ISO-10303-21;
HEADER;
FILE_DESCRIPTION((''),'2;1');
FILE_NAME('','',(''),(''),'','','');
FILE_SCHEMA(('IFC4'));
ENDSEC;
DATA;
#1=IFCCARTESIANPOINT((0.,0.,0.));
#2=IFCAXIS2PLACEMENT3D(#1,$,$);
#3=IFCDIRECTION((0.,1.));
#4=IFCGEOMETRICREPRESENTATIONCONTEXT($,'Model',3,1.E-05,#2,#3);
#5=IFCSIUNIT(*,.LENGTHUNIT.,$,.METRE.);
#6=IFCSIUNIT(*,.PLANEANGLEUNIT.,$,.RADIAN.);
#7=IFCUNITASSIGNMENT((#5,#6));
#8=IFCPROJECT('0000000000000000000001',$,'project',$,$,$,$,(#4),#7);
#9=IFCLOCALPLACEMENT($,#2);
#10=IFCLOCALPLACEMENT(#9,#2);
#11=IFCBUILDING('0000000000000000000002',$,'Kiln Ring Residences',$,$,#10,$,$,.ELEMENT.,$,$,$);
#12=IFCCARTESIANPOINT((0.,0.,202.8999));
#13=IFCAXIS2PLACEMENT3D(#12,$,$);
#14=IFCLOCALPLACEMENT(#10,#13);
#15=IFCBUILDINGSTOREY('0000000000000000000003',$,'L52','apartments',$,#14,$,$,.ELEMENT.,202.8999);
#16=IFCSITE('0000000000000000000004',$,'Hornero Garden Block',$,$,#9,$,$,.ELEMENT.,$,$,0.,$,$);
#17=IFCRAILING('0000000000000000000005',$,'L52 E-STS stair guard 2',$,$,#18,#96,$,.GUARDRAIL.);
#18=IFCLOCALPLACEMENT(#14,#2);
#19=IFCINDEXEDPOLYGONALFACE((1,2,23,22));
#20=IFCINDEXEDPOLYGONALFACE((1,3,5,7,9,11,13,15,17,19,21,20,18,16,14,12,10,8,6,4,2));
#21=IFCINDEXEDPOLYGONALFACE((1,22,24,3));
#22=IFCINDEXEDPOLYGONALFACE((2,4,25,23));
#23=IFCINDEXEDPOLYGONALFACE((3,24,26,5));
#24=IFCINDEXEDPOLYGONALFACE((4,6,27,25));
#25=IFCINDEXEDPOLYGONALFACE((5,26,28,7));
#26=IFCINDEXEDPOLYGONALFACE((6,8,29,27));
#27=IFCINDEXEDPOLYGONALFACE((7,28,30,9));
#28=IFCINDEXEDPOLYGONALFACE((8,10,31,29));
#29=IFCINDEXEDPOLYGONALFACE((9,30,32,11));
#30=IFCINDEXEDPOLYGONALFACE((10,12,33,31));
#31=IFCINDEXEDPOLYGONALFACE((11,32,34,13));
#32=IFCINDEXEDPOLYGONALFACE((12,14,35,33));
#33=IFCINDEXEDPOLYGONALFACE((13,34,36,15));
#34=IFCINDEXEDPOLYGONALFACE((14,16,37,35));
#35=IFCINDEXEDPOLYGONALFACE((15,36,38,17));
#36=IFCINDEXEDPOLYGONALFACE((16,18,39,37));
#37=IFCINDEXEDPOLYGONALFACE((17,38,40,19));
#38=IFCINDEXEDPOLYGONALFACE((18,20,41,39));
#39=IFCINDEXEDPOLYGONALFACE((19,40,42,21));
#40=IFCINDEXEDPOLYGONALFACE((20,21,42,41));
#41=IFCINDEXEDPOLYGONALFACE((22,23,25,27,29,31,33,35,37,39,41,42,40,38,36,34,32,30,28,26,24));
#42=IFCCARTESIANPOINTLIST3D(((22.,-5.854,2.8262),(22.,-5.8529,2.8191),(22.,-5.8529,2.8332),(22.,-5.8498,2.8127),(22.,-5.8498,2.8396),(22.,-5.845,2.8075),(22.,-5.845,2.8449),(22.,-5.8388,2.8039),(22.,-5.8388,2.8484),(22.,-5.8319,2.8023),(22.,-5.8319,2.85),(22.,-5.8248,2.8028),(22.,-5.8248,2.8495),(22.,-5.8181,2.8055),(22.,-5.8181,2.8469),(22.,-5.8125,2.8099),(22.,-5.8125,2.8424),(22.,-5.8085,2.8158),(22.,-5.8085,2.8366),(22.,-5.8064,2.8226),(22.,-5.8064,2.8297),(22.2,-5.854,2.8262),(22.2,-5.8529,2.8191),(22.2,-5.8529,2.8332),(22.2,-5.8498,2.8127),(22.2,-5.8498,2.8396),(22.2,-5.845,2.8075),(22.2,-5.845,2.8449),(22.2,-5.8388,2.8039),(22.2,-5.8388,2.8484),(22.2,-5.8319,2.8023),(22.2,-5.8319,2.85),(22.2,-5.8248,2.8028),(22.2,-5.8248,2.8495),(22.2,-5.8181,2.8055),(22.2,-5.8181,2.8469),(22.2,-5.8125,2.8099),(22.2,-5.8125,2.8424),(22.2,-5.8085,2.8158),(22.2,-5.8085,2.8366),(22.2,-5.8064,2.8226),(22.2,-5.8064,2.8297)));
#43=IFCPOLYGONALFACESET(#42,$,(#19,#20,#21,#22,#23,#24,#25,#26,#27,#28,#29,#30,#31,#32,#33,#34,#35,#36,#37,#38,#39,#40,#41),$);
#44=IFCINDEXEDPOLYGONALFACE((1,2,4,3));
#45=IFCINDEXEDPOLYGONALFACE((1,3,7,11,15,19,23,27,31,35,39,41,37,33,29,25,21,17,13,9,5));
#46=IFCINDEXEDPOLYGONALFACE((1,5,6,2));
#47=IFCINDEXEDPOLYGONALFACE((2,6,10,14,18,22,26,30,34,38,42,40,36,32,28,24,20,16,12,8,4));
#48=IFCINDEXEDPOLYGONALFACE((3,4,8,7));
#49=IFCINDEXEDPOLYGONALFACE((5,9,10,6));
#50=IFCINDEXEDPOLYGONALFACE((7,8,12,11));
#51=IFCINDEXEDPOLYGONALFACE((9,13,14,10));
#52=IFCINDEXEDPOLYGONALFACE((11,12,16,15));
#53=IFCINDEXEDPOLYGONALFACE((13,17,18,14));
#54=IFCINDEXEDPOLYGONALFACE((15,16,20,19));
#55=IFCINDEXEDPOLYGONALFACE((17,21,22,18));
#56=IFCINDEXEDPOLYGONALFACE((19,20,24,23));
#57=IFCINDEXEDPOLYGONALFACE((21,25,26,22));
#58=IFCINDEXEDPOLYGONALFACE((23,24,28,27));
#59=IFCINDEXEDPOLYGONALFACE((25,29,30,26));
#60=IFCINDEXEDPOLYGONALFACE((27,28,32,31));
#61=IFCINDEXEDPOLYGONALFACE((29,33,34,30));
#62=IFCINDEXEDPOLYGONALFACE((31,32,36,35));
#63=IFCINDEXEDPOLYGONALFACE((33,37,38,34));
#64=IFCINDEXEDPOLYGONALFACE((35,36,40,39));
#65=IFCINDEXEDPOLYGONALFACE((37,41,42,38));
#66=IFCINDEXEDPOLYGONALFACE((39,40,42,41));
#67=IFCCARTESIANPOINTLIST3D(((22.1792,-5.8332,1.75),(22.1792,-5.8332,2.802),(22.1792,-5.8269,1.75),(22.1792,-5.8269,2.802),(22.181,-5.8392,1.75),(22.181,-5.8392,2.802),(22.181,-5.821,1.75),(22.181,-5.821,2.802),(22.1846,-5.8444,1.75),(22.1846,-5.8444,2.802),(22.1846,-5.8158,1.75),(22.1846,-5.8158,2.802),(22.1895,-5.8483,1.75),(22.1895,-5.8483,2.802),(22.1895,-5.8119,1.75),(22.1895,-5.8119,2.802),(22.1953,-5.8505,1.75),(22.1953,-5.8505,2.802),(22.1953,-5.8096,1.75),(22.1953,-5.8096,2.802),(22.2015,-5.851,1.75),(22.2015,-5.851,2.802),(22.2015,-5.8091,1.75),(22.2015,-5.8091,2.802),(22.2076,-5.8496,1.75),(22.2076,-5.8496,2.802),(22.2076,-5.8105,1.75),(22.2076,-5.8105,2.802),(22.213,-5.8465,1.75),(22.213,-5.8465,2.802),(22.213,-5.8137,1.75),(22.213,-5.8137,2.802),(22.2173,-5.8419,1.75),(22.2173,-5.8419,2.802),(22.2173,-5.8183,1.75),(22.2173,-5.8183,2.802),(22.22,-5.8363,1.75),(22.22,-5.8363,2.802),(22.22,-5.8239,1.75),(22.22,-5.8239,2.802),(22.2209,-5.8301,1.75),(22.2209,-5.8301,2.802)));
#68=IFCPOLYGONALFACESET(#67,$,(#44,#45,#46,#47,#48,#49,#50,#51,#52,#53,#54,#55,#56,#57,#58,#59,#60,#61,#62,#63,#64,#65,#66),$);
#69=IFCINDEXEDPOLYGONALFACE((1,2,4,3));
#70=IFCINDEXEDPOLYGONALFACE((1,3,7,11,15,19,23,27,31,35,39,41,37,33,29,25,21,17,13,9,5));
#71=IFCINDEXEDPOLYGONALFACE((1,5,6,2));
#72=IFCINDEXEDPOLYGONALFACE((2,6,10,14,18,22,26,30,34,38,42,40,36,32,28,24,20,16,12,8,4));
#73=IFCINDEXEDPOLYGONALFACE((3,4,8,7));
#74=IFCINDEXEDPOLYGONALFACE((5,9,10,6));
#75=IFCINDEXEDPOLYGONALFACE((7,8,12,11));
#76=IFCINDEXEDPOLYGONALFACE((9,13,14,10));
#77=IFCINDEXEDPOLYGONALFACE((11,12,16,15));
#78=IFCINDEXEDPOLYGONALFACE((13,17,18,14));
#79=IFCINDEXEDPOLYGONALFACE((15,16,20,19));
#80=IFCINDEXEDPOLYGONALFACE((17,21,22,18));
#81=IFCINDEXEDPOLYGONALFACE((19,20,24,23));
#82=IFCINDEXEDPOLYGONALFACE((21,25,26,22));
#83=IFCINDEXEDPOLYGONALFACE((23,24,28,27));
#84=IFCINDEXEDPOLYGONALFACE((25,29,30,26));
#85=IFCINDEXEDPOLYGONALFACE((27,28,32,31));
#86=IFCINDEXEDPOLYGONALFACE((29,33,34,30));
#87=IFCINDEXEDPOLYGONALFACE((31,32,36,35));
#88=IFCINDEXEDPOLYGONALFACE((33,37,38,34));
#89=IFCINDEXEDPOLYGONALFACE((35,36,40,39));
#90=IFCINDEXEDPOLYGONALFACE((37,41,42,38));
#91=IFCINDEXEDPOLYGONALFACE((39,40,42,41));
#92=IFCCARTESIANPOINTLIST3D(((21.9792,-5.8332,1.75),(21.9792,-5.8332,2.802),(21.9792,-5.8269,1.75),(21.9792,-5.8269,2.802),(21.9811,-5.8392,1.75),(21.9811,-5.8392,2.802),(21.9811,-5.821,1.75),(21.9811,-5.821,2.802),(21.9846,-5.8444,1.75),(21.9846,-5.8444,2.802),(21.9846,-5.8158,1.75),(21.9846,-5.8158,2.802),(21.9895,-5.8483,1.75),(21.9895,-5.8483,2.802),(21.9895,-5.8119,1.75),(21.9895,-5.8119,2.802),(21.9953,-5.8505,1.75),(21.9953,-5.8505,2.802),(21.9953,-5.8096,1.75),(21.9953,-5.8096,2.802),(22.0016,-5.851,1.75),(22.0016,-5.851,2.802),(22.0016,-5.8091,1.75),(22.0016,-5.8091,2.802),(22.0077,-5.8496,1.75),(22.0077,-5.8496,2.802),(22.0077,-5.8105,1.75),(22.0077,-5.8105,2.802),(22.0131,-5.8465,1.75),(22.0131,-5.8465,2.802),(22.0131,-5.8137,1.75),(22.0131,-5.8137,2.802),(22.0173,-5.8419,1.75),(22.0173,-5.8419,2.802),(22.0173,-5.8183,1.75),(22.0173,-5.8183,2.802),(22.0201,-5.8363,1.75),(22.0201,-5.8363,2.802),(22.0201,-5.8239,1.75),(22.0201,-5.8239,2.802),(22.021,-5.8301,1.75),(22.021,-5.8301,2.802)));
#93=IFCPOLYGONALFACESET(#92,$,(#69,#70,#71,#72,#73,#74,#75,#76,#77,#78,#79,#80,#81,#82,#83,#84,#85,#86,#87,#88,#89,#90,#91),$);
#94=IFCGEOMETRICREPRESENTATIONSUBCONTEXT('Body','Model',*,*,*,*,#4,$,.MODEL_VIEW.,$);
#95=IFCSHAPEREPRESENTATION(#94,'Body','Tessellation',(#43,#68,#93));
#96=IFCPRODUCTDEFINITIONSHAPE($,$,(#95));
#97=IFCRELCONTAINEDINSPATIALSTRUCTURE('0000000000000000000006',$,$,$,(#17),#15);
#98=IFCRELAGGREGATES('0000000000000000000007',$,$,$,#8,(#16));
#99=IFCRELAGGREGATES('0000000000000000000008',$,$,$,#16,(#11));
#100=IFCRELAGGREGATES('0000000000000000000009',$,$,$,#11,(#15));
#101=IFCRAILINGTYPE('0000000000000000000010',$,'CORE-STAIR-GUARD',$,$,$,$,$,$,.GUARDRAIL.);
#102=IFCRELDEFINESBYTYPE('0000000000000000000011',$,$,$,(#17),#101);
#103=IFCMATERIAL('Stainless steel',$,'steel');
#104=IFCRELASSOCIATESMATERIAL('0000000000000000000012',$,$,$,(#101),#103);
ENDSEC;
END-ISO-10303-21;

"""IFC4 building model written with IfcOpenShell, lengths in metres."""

from ifc_helpers import new_model, si_unit, direction, frame, origin, origin_2d, place, context, subcontext, project, spatial, circle, extrude, material, type_object, element, save


model = new_model("IFC4")

# Units and contexts
model_context = context("Model", 3, precision=1e-05, world=origin(), true_north=direction((0.0, 1.0)))
body_context = subcontext(model_context, "Body", "Model", "MODEL_VIEW")
ifc_project = project(units=[si_unit("LENGTHUNIT", "METRE"), si_unit("PLANEANGLEUNIT", "RADIAN")], contexts=[model_context])

# Site, building, storey
site_placement = place(None, origin())
site = spatial("IfcSite", under=ifc_project, at=site_placement, Name="Hornero Garden Block", CompositionType="ELEMENT", RefElevation=0.0)
building_placement = place(site_placement, origin())
building = spatial("IfcBuilding", under=site, at=building_placement, Name="Kiln Ring Residences", CompositionType="ELEMENT")
storey_placement = place(building_placement, frame((0.0, 0.0, 202.8999)))
storey = spatial("IfcBuildingStorey", under=building, at=storey_placement, Name="L52", Description="apartments", CompositionType="ELEMENT", Elevation=202.8999)

# Railing
ifc_material_1 = material(Name="Stainless steel", Category="steel")
railing_type_1 = type_object("IfcRailingType", Name="CORE-STAIR-GUARD", PredefinedType="GUARDRAIL", material=ifc_material_1)
railing_1_placement = place(storey_placement, frame((22.2, -5.8301, 1.75)))
element("IfcRailing", 1, at=railing_1_placement, inside=storey, type_object=railing_type_1, Name="L52 E-STS stair guard 2", PredefinedType="GUARDRAIL", context=body_context, shape_type="SweptSolid", body=[
    extrude(circle(Radius=0.0239, at=origin_2d()), frame((0.0, 0.0, 1.0762), z_axis=(-1.0, 0.0, 0.0), x_axis=(0.0, -1.0, 0.0)), (0.0, 0.0, 1.0), 0.2),
    extrude(circle(Radius=0.021, at=origin_2d()), origin(), (0.0, 0.0, 1.0), 1.052),
    extrude(circle(Radius=0.021, at=origin_2d()), frame((-0.2, 0.0, 0.0)), (0.0, 0.0, 1.0), 1.052),
])

save(model, "model.ifc")
